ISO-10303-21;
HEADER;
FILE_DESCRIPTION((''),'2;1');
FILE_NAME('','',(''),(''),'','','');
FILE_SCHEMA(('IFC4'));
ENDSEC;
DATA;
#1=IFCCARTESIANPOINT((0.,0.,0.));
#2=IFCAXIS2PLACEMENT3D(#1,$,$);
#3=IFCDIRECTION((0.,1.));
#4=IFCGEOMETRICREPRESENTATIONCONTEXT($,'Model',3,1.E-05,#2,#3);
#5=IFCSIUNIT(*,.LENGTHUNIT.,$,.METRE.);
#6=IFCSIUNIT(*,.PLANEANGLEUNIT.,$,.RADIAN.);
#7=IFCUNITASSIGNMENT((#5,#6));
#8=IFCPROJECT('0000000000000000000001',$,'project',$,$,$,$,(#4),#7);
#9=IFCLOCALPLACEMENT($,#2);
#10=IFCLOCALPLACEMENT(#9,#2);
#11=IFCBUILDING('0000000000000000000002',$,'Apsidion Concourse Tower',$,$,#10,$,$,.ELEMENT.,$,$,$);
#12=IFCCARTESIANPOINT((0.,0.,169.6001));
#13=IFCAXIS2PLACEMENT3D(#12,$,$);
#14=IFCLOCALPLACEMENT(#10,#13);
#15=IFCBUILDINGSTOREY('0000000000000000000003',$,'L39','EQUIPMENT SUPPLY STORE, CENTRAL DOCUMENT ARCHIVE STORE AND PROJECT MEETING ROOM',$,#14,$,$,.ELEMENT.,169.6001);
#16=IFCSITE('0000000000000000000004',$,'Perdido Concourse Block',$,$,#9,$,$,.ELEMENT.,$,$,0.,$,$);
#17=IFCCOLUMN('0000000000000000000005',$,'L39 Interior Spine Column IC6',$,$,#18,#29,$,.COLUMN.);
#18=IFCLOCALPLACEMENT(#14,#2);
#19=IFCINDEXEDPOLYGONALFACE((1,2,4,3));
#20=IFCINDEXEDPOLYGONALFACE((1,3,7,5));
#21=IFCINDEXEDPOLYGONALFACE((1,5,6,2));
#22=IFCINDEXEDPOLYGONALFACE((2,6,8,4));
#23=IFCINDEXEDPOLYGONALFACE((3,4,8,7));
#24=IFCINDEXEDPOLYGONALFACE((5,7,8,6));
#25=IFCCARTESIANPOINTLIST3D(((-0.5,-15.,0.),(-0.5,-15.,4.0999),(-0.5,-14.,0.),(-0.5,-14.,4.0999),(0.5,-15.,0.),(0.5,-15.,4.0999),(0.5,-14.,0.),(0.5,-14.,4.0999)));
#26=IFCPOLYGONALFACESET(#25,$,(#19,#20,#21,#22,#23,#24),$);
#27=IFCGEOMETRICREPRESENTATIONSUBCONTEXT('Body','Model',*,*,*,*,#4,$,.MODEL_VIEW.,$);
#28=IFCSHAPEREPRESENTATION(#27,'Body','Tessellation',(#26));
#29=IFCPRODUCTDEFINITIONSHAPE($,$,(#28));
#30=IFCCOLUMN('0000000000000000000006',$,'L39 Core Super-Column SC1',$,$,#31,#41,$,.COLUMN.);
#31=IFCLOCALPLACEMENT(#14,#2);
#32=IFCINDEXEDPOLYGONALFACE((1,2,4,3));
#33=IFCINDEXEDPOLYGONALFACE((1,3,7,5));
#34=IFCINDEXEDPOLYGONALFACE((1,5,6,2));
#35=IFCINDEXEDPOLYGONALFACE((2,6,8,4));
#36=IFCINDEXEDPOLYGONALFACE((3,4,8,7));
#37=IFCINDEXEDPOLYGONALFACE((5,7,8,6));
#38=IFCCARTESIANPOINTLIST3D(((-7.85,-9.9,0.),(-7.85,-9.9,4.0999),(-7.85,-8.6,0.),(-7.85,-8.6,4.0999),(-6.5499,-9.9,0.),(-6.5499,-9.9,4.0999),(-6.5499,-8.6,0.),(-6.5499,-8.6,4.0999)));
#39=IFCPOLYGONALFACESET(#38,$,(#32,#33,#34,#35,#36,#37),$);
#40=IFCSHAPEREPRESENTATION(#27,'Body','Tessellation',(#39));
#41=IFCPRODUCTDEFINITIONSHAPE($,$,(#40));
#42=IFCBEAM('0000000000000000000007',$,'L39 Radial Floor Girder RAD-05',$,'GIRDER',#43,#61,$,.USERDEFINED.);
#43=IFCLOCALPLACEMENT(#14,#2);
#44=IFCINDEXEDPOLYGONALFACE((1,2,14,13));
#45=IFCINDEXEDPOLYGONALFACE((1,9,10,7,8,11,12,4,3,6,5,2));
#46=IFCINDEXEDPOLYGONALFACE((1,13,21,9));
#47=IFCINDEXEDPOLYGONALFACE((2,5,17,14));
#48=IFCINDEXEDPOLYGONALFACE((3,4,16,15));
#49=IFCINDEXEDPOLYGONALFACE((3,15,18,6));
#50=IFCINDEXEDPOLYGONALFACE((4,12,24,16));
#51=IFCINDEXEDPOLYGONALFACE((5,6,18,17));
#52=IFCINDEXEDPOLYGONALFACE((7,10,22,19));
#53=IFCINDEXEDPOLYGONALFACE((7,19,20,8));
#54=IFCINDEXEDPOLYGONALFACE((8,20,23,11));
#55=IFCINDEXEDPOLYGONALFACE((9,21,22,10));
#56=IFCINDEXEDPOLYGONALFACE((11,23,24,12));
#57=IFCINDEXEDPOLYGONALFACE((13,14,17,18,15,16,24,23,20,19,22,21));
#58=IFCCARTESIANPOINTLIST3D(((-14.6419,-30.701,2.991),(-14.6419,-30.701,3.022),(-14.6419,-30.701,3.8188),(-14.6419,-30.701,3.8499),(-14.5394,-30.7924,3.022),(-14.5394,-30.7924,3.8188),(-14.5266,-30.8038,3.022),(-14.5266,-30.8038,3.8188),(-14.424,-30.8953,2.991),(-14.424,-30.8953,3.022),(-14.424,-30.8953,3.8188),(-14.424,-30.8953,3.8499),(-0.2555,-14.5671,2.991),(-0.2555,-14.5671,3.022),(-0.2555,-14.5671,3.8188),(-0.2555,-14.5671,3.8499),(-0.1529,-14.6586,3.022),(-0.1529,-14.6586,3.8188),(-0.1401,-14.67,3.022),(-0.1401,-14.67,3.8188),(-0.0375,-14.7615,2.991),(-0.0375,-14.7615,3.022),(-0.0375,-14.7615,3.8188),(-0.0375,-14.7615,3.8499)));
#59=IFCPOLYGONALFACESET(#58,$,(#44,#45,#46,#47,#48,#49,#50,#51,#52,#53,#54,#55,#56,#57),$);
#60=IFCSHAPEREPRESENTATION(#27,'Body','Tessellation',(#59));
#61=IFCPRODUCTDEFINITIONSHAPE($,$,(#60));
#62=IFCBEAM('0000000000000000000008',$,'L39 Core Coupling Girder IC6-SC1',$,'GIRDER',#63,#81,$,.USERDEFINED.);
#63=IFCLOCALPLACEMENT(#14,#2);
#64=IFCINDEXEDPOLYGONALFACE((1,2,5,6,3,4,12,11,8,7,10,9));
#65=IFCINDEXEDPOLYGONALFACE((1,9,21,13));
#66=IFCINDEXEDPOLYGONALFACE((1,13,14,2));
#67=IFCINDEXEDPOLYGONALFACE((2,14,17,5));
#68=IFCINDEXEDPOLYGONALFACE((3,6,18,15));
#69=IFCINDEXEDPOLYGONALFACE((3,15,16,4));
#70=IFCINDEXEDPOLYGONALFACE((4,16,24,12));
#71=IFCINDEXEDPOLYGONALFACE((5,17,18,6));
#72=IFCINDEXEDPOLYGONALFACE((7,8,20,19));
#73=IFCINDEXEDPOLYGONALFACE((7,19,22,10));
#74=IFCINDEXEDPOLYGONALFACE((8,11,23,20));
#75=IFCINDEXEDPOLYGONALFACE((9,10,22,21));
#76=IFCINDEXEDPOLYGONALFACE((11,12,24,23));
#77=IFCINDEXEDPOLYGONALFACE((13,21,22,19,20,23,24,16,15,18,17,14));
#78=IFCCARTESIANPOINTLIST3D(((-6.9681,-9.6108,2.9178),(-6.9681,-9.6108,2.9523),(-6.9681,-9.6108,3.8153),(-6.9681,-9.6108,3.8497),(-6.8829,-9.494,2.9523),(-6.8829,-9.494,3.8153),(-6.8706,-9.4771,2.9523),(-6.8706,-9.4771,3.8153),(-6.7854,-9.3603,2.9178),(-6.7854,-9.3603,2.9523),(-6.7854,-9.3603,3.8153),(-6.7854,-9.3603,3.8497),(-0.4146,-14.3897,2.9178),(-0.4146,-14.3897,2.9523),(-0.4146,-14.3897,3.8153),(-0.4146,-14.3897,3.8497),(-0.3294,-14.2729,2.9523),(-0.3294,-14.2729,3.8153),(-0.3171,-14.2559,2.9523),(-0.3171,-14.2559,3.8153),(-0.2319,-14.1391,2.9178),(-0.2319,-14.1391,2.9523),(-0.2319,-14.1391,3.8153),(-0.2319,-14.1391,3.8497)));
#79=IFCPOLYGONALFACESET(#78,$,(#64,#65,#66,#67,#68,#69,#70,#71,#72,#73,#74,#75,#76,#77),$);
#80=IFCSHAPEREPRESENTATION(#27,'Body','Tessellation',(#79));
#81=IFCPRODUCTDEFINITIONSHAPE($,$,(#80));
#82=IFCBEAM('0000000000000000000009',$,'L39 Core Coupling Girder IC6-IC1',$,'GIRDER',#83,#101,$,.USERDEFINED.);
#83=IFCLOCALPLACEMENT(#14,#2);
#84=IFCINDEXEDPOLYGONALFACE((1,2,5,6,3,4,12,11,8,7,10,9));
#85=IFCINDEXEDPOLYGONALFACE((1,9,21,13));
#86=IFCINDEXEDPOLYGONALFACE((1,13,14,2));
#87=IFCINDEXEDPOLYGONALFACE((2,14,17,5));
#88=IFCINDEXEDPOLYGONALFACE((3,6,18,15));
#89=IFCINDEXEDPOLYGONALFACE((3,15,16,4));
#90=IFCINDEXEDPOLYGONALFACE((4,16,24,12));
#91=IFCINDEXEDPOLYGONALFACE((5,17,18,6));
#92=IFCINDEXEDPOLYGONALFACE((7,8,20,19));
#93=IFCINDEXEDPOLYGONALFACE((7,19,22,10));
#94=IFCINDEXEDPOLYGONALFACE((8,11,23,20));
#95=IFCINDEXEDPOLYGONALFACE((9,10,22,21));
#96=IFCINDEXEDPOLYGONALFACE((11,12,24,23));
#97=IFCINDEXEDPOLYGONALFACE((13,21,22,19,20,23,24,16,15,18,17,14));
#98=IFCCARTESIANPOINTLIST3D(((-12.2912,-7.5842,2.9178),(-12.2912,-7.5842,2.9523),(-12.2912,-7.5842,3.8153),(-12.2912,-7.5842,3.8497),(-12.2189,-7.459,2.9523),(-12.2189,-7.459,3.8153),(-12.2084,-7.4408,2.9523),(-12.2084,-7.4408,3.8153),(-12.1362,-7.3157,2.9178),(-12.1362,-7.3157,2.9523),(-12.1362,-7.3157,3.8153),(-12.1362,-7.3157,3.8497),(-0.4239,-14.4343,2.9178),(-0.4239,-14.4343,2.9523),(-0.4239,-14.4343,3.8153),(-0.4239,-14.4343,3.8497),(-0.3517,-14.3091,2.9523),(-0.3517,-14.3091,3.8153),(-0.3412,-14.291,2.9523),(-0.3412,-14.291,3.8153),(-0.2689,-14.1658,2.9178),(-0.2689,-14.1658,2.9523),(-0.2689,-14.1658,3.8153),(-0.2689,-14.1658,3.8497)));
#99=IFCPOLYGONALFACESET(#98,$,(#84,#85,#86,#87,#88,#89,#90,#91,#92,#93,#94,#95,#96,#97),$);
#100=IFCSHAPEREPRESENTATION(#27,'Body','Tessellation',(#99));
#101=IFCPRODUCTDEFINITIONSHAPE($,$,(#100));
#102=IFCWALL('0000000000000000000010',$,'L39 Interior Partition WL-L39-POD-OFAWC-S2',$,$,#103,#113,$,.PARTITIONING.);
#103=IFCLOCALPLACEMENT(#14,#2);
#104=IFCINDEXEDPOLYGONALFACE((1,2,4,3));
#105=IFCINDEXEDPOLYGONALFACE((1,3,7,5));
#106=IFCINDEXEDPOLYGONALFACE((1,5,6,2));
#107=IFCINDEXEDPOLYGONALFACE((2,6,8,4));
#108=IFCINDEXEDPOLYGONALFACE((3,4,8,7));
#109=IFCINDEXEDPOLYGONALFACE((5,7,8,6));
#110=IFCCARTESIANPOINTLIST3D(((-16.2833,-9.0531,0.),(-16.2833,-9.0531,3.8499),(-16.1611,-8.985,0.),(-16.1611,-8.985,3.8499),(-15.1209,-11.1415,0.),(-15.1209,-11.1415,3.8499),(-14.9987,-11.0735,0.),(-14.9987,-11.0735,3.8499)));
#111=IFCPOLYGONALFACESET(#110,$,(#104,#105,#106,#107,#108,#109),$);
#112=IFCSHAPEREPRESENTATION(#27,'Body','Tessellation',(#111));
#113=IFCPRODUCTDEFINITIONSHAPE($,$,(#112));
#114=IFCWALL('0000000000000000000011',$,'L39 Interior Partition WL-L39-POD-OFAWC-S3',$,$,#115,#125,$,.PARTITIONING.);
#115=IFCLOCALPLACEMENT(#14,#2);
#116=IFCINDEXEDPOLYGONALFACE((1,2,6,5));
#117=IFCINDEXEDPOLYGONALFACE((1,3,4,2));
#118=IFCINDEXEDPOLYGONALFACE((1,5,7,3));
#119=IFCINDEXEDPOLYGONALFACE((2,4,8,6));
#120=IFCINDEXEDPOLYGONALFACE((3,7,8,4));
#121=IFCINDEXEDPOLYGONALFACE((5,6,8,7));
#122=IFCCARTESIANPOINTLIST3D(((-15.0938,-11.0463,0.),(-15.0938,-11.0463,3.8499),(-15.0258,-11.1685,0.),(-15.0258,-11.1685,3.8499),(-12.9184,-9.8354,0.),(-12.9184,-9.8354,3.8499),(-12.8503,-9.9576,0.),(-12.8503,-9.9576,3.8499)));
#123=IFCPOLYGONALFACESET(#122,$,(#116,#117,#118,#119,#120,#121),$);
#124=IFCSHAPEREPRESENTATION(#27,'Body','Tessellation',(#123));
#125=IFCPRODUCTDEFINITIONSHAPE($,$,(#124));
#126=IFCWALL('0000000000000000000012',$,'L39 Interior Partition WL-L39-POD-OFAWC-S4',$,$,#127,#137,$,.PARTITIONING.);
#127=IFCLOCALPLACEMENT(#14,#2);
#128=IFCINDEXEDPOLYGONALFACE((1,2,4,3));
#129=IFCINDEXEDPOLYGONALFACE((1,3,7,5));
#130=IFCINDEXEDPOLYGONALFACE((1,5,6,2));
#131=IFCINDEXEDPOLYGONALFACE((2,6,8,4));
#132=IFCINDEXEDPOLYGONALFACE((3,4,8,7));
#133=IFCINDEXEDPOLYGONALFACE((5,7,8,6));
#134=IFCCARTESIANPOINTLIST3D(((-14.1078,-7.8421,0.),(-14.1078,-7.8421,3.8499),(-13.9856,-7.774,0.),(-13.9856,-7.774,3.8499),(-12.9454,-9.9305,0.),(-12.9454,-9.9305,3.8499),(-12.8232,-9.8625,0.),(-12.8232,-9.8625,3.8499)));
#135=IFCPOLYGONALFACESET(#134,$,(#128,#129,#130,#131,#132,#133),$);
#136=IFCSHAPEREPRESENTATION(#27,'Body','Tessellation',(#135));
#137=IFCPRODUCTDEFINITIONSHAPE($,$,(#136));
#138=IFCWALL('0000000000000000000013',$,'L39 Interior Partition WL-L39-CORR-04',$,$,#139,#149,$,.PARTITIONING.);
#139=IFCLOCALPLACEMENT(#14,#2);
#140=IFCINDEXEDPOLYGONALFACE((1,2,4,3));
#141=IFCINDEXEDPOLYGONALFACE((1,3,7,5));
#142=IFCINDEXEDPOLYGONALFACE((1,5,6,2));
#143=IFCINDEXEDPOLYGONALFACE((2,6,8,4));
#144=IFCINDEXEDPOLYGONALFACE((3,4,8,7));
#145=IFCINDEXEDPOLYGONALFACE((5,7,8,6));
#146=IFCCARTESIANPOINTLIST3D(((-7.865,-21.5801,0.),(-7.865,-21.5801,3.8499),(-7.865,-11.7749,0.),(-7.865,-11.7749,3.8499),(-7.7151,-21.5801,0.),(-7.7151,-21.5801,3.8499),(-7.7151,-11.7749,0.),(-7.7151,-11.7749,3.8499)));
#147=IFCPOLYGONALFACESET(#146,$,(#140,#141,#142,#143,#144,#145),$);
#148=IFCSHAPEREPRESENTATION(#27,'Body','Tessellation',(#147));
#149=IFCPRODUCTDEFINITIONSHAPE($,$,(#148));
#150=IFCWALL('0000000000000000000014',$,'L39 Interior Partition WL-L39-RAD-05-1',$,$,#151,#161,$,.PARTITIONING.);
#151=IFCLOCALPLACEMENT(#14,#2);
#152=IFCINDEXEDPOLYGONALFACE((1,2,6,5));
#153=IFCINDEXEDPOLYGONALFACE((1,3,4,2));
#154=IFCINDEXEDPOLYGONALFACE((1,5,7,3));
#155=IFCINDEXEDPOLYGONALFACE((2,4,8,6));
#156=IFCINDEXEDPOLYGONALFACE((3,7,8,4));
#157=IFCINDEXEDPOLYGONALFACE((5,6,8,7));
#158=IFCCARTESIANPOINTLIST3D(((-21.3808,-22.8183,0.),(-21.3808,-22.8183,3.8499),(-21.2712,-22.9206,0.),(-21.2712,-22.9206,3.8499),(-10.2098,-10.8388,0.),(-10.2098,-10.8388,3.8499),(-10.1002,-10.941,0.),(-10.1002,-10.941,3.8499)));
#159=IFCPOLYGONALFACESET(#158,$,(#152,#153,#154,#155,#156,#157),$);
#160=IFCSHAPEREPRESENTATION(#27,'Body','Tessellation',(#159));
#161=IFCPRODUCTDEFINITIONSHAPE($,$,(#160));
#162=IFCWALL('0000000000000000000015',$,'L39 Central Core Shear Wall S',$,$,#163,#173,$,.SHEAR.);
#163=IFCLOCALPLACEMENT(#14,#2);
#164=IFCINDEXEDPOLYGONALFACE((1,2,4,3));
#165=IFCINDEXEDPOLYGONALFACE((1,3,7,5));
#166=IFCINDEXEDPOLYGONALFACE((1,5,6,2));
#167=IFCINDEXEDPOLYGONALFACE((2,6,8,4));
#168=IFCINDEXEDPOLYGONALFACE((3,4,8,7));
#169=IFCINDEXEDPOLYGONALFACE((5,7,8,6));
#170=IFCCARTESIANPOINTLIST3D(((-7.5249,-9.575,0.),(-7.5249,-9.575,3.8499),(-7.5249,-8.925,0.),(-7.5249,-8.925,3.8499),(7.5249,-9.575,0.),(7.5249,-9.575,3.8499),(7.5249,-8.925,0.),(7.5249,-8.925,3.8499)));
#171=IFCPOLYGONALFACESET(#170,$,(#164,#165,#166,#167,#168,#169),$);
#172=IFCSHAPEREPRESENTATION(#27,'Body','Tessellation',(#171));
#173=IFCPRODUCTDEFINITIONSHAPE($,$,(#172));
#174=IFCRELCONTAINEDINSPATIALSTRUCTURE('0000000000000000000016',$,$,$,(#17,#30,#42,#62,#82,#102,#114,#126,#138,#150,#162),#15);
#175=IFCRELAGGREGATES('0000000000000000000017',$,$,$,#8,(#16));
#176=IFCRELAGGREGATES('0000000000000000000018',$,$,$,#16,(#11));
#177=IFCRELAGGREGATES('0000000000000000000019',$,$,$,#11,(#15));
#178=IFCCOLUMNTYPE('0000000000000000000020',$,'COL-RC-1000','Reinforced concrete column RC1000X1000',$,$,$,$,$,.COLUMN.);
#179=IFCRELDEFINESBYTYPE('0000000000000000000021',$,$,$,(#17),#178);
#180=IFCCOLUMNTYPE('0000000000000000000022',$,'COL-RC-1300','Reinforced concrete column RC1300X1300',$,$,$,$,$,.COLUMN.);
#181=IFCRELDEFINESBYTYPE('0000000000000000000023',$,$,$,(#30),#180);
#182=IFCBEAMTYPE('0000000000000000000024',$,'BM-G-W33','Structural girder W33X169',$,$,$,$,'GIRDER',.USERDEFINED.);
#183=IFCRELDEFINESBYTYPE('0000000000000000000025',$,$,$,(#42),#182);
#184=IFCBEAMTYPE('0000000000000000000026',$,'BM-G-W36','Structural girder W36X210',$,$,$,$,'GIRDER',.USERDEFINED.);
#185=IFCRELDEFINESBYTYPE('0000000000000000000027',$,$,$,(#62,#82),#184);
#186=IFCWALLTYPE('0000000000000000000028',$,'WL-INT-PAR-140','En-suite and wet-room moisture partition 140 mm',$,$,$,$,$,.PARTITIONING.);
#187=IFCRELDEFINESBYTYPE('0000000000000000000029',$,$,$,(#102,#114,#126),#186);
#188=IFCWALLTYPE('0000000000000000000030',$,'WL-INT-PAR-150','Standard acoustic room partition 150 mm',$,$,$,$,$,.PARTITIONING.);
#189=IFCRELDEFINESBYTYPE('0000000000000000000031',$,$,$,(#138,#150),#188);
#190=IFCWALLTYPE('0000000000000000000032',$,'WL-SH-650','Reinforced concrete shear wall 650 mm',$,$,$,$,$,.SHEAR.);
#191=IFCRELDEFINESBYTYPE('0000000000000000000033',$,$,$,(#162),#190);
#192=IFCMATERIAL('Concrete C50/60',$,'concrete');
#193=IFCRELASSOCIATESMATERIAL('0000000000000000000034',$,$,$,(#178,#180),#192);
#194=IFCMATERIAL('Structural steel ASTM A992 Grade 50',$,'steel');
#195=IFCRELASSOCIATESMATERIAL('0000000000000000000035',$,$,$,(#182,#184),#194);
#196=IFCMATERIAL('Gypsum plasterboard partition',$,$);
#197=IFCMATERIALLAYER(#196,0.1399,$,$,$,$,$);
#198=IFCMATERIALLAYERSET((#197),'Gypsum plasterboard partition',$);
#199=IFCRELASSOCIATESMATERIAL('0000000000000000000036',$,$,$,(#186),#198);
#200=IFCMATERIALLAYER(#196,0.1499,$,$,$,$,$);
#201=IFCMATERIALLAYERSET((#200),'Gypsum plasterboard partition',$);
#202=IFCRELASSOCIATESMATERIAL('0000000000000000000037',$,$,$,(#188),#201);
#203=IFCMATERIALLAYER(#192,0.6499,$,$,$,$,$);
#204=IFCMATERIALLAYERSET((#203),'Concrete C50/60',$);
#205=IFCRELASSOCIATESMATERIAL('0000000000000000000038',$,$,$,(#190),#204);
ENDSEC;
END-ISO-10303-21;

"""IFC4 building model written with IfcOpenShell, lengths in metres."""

from ifc_helpers import new_model, si_unit, direction, frame, frame_2d, origin, origin_2d, place, context, subcontext, project, spatial, rectangle, i_section, extrude, material, layer, layer_set, material_profile, profile_set, type_object, element, save


model = new_model("IFC4")

# Units and contexts
model_context = context("Model", 3, precision=1e-05, world=origin(), true_north=direction((0.0, 1.0)))
body_context = subcontext(model_context, "Body", "Model", "MODEL_VIEW")
ifc_project = project(units=[si_unit("LENGTHUNIT", "METRE"), si_unit("PLANEANGLEUNIT", "RADIAN")], contexts=[model_context])

# Site, building, storey
site_placement = place(None, origin())
site = spatial("IfcSite", under=ifc_project, at=site_placement, Name="Perdido Concourse Block", CompositionType="ELEMENT", RefElevation=0.0)
building_placement = place(site_placement, origin())
building = spatial("IfcBuilding", under=site, at=building_placement, Name="Apsidion Concourse Tower", CompositionType="ELEMENT")
storey_placement = place(building_placement, frame((0.0, 0.0, 169.6001)))
storey = spatial("IfcBuildingStorey", under=building, at=storey_placement, Name="L39", Description="EQUIPMENT SUPPLY STORE, CENTRAL DOCUMENT ARCHIVE STORE AND PROJECT MEETING ROOM", CompositionType="ELEMENT", Elevation=169.6001)

# Columns
ifc_material_1 = material(Name="Concrete C50/60", Category="concrete")
ifc_material_profile_1 = material_profile(ifc_material_1, rectangle(XDim=1.0, YDim=1.0, at=origin_2d()), Name="RC 1000x1000")
ifc_profile_set_1 = profile_set([ifc_material_profile_1], Name="Concrete C50/60")
column_type_1 = type_object("IfcColumnType", Name="COL-RC-1000", Description="Reinforced concrete column RC1000X1000", PredefinedType="COLUMN", material=ifc_profile_set_1)
column_1_placement = place(storey_placement, frame((0.0, -14.5, 0.0), z_axis=(0.0, 0.0, 1.0), x_axis=(1.0, 0.0, 0.0)))
element("IfcColumn", 1, at=column_1_placement, inside=storey, type_object=column_type_1, Name="L39 Interior Spine Column IC6", PredefinedType="COLUMN", context=body_context, shape_type="SweptSolid", body=[
    extrude(rectangle(XDim=1.0, YDim=1.0, at=origin_2d()), origin(), (0.0, 0.0, 1.0), 4.0999),
])
ifc_material_profile_2 = material_profile(ifc_material_1, rectangle(XDim=1.3, YDim=1.3, at=origin_2d()), Name="RC 1300x1300")
ifc_profile_set_2 = profile_set([ifc_material_profile_2], Name="Concrete C50/60")
column_type_2 = type_object("IfcColumnType", Name="COL-RC-1300", Description="Reinforced concrete column RC1300X1300", PredefinedType="COLUMN", material=ifc_profile_set_2)
column_2_placement = place(storey_placement, frame((-7.2, -9.25, 0.0), z_axis=(0.0, 0.0, 1.0), x_axis=(1.0, 0.0, 0.0)))
element("IfcColumn", 2, at=column_2_placement, inside=storey, type_object=column_type_2, Name="L39 Core Super-Column SC1", PredefinedType="COLUMN", context=body_context, shape_type="SweptSolid", body=[
    extrude(rectangle(XDim=1.3, YDim=1.3, at=origin_2d()), origin(), (0.0, 0.0, 1.0), 4.0999),
])

# Beams
ifc_material_2 = material(Name="Structural steel ASTM A992 Grade 50", Category="steel")
ifc_material_profile_3 = material_profile(ifc_material_2, i_section(OverallWidth=0.292, OverallDepth=0.8589, WebThickness=0.0171, FlangeThickness=0.031, at=origin_2d()), Name="W33X169")
ifc_profile_set_3 = profile_set([ifc_material_profile_3], Name="Structural steel ASTM A992 Grade 50")
beam_type_1 = type_object("IfcBeamType", Name="BM-G-W33", Description="Structural girder W33X169", ElementType="GIRDER", PredefinedType="USERDEFINED", material=ifc_profile_set_3)
beam_1_placement = place(storey_placement, frame((-0.1465, -14.6643, 3.4204), z_axis=(-0.665534, -0.746367, 0.0), x_axis=(0.746367, -0.665534, 0.0)))
element("IfcBeam", 3, at=beam_1_placement, inside=storey, type_object=beam_type_1, Name="L39 Radial Floor Girder RAD-05", ObjectType="GIRDER", PredefinedType="USERDEFINED", context=body_context, shape_type="SweptSolid", body=[
    extrude(i_section(OverallWidth=0.292, OverallDepth=0.8589, WebThickness=0.0171, FlangeThickness=0.031, at=origin_2d()), origin(), (0.0, 0.0, 1.0), 21.6165),
])
ifc_material_profile_4 = material_profile(ifc_material_2, i_section(OverallWidth=0.3101, OverallDepth=0.9319, WebThickness=0.021, FlangeThickness=0.0344, at=origin_2d()), Name="W36X210")
ifc_profile_set_4 = profile_set([ifc_material_profile_4], Name="Structural steel ASTM A992 Grade 50")
beam_type_2 = type_object("IfcBeamType", Name="BM-G-W36", Description="Structural girder W36X210", ElementType="GIRDER", PredefinedType="USERDEFINED", material=ifc_profile_set_4)
beam_2_placement = place(storey_placement, frame((-0.3232, -14.2644, 3.3838), z_axis=(-0.807993, 0.589191, 0.0), x_axis=(-0.589191, -0.807993, 0.0)))
element("IfcBeam", 4, at=beam_2_placement, inside=storey, type_object=beam_type_2, Name="L39 Core Coupling Girder IC6-SC1", ObjectType="GIRDER", PredefinedType="USERDEFINED", context=body_context, shape_type="SweptSolid", body=[
    extrude(i_section(OverallWidth=0.3101, OverallDepth=0.9319, WebThickness=0.021, FlangeThickness=0.0344, at=origin_2d()), origin(), (0.0, 0.0, 1.0), 8.1108),
])
beam_3_placement = place(storey_placement, frame((-0.3464, -14.3, 3.3838), z_axis=(-0.86607, 0.499922, 0.0), x_axis=(-0.499922, -0.86607, 0.0)))
element("IfcBeam", 5, at=beam_3_placement, inside=storey, type_object=beam_type_2, Name="L39 Core Coupling Girder IC6-IC1", ObjectType="GIRDER", PredefinedType="USERDEFINED", context=body_context, shape_type="SweptSolid", body=[
    extrude(i_section(OverallWidth=0.3101, OverallDepth=0.9319, WebThickness=0.021, FlangeThickness=0.0344, at=origin_2d()), origin(), (0.0, 0.0, 1.0), 13.7024),
])

# Walls
ifc_material_3 = material(Name="Gypsum plasterboard partition")
ifc_layer_1 = layer(ifc_material_3, 0.1399)
ifc_layer_set_1 = layer_set([ifc_layer_1], Name="Gypsum plasterboard partition")
wall_type_1 = type_object("IfcWallType", Name="WL-INT-PAR-140", Description="En-suite and wet-room moisture partition 140 mm", PredefinedType="PARTITIONING", material=ifc_layer_set_1)
wall_1_placement = place(storey_placement, frame((-16.2222, -9.019, 0.0), z_axis=(0.0, 0.0, 1.0), x_axis=(0.486328, -0.873776, 0.0)))
element("IfcWall", 6, at=wall_1_placement, inside=storey, type_object=wall_type_1, Name="L39 Interior Partition WL-L39-POD-OFAWC-S2", PredefinedType="PARTITIONING", context=body_context, shape_type="SweptSolid", body=[
    extrude(rectangle(XDim=2.3901, YDim=0.1399, at=frame_2d((1.1951, 0.0))), origin(), (0.0, 0.0, 1.0), 3.8499),
])
wall_2_placement = place(storey_placement, frame((-15.0598, -11.1074, 0.0), z_axis=(0.0, 0.0, 1.0), x_axis=(0.873764, 0.48635, 0.0)))
element("IfcWall", 7, at=wall_2_placement, inside=storey, type_object=wall_type_1, Name="L39 Interior Partition WL-L39-POD-OFAWC-S3", PredefinedType="PARTITIONING", context=body_context, shape_type="SweptSolid", body=[
    extrude(rectangle(XDim=2.4897, YDim=0.1399, at=frame_2d((1.2449, 0.0))), origin(), (0.0, 0.0, 1.0), 3.8499),
])
wall_3_placement = place(storey_placement, frame((-12.8843, -9.8965, 0.0), z_axis=(0.0, 0.0, 1.0), x_axis=(-0.486328, 0.873776, 0.0)))
element("IfcWall", 8, at=wall_3_placement, inside=storey, type_object=wall_type_1, Name="L39 Interior Partition WL-L39-POD-OFAWC-S4", PredefinedType="PARTITIONING", context=body_context, shape_type="SweptSolid", body=[
    extrude(rectangle(XDim=2.3901, YDim=0.1399, at=frame_2d((1.1951, 0.0))), origin(), (0.0, 0.0, 1.0), 3.8499),
])
ifc_layer_2 = layer(ifc_material_3, 0.1499)
ifc_layer_set_2 = layer_set([ifc_layer_2], Name="Gypsum plasterboard partition")
wall_type_2 = type_object("IfcWallType", Name="WL-INT-PAR-150", Description="Standard acoustic room partition 150 mm", PredefinedType="PARTITIONING", material=ifc_layer_set_2)
wall_4_placement = place(storey_placement, frame((-7.79, -11.7749, 0.0), z_axis=(0.0, 0.0, 1.0), x_axis=(0.0, -1.0, 0.0)))
element("IfcWall", 9, at=wall_4_placement, inside=storey, type_object=wall_type_2, Name="L39 Interior Partition WL-L39-CORR-04", PredefinedType="PARTITIONING", context=body_context, shape_type="SweptSolid", body=[
    extrude(rectangle(XDim=9.8052, YDim=0.1499, at=frame_2d((4.9026, 0.0))), origin(), (0.0, 0.0, 1.0), 3.8499),
])
wall_5_placement = place(storey_placement, frame((-10.155, -10.8899, 0.0), z_axis=(0.0, 0.0, 1.0), x_axis=(-0.681993, -0.731359, 0.0)))
element("IfcWall", 10, at=wall_5_placement, inside=storey, type_object=wall_type_2, Name="L39 Interior Partition WL-L39-RAD-05-1", PredefinedType="PARTITIONING", context=body_context, shape_type="SweptSolid", body=[
    extrude(rectangle(XDim=16.3799, YDim=0.1499, at=frame_2d((8.1899, 0.0))), origin(), (0.0, 0.0, 1.0), 3.8499),
])

# Shared definitions
ifc_layer_3 = layer(ifc_material_1, 0.6499)
ifc_layer_set_3 = layer_set([ifc_layer_3], Name="Concrete C50/60")
wall_type_3 = type_object("IfcWallType", Name="WL-SH-650", Description="Reinforced concrete shear wall 650 mm", PredefinedType="SHEAR", material=ifc_layer_set_3)

# Wall
wall_6_placement = place(storey_placement, frame((-7.5249, -9.25, 0.0), z_axis=(0.0, 0.0, 1.0), x_axis=(1.0, 0.0, 0.0)))
element("IfcWall", 11, at=wall_6_placement, inside=storey, type_object=wall_type_3, Name="L39 Central Core Shear Wall S", PredefinedType="SHEAR", context=body_context, shape_type="SweptSolid", body=[
    extrude(rectangle(XDim=15.0498, YDim=0.6499, at=frame_2d((7.5249, 0.0))), origin(), (0.0, 0.0, 1.0), 3.8499),
])

save(model, "model.ifc")
